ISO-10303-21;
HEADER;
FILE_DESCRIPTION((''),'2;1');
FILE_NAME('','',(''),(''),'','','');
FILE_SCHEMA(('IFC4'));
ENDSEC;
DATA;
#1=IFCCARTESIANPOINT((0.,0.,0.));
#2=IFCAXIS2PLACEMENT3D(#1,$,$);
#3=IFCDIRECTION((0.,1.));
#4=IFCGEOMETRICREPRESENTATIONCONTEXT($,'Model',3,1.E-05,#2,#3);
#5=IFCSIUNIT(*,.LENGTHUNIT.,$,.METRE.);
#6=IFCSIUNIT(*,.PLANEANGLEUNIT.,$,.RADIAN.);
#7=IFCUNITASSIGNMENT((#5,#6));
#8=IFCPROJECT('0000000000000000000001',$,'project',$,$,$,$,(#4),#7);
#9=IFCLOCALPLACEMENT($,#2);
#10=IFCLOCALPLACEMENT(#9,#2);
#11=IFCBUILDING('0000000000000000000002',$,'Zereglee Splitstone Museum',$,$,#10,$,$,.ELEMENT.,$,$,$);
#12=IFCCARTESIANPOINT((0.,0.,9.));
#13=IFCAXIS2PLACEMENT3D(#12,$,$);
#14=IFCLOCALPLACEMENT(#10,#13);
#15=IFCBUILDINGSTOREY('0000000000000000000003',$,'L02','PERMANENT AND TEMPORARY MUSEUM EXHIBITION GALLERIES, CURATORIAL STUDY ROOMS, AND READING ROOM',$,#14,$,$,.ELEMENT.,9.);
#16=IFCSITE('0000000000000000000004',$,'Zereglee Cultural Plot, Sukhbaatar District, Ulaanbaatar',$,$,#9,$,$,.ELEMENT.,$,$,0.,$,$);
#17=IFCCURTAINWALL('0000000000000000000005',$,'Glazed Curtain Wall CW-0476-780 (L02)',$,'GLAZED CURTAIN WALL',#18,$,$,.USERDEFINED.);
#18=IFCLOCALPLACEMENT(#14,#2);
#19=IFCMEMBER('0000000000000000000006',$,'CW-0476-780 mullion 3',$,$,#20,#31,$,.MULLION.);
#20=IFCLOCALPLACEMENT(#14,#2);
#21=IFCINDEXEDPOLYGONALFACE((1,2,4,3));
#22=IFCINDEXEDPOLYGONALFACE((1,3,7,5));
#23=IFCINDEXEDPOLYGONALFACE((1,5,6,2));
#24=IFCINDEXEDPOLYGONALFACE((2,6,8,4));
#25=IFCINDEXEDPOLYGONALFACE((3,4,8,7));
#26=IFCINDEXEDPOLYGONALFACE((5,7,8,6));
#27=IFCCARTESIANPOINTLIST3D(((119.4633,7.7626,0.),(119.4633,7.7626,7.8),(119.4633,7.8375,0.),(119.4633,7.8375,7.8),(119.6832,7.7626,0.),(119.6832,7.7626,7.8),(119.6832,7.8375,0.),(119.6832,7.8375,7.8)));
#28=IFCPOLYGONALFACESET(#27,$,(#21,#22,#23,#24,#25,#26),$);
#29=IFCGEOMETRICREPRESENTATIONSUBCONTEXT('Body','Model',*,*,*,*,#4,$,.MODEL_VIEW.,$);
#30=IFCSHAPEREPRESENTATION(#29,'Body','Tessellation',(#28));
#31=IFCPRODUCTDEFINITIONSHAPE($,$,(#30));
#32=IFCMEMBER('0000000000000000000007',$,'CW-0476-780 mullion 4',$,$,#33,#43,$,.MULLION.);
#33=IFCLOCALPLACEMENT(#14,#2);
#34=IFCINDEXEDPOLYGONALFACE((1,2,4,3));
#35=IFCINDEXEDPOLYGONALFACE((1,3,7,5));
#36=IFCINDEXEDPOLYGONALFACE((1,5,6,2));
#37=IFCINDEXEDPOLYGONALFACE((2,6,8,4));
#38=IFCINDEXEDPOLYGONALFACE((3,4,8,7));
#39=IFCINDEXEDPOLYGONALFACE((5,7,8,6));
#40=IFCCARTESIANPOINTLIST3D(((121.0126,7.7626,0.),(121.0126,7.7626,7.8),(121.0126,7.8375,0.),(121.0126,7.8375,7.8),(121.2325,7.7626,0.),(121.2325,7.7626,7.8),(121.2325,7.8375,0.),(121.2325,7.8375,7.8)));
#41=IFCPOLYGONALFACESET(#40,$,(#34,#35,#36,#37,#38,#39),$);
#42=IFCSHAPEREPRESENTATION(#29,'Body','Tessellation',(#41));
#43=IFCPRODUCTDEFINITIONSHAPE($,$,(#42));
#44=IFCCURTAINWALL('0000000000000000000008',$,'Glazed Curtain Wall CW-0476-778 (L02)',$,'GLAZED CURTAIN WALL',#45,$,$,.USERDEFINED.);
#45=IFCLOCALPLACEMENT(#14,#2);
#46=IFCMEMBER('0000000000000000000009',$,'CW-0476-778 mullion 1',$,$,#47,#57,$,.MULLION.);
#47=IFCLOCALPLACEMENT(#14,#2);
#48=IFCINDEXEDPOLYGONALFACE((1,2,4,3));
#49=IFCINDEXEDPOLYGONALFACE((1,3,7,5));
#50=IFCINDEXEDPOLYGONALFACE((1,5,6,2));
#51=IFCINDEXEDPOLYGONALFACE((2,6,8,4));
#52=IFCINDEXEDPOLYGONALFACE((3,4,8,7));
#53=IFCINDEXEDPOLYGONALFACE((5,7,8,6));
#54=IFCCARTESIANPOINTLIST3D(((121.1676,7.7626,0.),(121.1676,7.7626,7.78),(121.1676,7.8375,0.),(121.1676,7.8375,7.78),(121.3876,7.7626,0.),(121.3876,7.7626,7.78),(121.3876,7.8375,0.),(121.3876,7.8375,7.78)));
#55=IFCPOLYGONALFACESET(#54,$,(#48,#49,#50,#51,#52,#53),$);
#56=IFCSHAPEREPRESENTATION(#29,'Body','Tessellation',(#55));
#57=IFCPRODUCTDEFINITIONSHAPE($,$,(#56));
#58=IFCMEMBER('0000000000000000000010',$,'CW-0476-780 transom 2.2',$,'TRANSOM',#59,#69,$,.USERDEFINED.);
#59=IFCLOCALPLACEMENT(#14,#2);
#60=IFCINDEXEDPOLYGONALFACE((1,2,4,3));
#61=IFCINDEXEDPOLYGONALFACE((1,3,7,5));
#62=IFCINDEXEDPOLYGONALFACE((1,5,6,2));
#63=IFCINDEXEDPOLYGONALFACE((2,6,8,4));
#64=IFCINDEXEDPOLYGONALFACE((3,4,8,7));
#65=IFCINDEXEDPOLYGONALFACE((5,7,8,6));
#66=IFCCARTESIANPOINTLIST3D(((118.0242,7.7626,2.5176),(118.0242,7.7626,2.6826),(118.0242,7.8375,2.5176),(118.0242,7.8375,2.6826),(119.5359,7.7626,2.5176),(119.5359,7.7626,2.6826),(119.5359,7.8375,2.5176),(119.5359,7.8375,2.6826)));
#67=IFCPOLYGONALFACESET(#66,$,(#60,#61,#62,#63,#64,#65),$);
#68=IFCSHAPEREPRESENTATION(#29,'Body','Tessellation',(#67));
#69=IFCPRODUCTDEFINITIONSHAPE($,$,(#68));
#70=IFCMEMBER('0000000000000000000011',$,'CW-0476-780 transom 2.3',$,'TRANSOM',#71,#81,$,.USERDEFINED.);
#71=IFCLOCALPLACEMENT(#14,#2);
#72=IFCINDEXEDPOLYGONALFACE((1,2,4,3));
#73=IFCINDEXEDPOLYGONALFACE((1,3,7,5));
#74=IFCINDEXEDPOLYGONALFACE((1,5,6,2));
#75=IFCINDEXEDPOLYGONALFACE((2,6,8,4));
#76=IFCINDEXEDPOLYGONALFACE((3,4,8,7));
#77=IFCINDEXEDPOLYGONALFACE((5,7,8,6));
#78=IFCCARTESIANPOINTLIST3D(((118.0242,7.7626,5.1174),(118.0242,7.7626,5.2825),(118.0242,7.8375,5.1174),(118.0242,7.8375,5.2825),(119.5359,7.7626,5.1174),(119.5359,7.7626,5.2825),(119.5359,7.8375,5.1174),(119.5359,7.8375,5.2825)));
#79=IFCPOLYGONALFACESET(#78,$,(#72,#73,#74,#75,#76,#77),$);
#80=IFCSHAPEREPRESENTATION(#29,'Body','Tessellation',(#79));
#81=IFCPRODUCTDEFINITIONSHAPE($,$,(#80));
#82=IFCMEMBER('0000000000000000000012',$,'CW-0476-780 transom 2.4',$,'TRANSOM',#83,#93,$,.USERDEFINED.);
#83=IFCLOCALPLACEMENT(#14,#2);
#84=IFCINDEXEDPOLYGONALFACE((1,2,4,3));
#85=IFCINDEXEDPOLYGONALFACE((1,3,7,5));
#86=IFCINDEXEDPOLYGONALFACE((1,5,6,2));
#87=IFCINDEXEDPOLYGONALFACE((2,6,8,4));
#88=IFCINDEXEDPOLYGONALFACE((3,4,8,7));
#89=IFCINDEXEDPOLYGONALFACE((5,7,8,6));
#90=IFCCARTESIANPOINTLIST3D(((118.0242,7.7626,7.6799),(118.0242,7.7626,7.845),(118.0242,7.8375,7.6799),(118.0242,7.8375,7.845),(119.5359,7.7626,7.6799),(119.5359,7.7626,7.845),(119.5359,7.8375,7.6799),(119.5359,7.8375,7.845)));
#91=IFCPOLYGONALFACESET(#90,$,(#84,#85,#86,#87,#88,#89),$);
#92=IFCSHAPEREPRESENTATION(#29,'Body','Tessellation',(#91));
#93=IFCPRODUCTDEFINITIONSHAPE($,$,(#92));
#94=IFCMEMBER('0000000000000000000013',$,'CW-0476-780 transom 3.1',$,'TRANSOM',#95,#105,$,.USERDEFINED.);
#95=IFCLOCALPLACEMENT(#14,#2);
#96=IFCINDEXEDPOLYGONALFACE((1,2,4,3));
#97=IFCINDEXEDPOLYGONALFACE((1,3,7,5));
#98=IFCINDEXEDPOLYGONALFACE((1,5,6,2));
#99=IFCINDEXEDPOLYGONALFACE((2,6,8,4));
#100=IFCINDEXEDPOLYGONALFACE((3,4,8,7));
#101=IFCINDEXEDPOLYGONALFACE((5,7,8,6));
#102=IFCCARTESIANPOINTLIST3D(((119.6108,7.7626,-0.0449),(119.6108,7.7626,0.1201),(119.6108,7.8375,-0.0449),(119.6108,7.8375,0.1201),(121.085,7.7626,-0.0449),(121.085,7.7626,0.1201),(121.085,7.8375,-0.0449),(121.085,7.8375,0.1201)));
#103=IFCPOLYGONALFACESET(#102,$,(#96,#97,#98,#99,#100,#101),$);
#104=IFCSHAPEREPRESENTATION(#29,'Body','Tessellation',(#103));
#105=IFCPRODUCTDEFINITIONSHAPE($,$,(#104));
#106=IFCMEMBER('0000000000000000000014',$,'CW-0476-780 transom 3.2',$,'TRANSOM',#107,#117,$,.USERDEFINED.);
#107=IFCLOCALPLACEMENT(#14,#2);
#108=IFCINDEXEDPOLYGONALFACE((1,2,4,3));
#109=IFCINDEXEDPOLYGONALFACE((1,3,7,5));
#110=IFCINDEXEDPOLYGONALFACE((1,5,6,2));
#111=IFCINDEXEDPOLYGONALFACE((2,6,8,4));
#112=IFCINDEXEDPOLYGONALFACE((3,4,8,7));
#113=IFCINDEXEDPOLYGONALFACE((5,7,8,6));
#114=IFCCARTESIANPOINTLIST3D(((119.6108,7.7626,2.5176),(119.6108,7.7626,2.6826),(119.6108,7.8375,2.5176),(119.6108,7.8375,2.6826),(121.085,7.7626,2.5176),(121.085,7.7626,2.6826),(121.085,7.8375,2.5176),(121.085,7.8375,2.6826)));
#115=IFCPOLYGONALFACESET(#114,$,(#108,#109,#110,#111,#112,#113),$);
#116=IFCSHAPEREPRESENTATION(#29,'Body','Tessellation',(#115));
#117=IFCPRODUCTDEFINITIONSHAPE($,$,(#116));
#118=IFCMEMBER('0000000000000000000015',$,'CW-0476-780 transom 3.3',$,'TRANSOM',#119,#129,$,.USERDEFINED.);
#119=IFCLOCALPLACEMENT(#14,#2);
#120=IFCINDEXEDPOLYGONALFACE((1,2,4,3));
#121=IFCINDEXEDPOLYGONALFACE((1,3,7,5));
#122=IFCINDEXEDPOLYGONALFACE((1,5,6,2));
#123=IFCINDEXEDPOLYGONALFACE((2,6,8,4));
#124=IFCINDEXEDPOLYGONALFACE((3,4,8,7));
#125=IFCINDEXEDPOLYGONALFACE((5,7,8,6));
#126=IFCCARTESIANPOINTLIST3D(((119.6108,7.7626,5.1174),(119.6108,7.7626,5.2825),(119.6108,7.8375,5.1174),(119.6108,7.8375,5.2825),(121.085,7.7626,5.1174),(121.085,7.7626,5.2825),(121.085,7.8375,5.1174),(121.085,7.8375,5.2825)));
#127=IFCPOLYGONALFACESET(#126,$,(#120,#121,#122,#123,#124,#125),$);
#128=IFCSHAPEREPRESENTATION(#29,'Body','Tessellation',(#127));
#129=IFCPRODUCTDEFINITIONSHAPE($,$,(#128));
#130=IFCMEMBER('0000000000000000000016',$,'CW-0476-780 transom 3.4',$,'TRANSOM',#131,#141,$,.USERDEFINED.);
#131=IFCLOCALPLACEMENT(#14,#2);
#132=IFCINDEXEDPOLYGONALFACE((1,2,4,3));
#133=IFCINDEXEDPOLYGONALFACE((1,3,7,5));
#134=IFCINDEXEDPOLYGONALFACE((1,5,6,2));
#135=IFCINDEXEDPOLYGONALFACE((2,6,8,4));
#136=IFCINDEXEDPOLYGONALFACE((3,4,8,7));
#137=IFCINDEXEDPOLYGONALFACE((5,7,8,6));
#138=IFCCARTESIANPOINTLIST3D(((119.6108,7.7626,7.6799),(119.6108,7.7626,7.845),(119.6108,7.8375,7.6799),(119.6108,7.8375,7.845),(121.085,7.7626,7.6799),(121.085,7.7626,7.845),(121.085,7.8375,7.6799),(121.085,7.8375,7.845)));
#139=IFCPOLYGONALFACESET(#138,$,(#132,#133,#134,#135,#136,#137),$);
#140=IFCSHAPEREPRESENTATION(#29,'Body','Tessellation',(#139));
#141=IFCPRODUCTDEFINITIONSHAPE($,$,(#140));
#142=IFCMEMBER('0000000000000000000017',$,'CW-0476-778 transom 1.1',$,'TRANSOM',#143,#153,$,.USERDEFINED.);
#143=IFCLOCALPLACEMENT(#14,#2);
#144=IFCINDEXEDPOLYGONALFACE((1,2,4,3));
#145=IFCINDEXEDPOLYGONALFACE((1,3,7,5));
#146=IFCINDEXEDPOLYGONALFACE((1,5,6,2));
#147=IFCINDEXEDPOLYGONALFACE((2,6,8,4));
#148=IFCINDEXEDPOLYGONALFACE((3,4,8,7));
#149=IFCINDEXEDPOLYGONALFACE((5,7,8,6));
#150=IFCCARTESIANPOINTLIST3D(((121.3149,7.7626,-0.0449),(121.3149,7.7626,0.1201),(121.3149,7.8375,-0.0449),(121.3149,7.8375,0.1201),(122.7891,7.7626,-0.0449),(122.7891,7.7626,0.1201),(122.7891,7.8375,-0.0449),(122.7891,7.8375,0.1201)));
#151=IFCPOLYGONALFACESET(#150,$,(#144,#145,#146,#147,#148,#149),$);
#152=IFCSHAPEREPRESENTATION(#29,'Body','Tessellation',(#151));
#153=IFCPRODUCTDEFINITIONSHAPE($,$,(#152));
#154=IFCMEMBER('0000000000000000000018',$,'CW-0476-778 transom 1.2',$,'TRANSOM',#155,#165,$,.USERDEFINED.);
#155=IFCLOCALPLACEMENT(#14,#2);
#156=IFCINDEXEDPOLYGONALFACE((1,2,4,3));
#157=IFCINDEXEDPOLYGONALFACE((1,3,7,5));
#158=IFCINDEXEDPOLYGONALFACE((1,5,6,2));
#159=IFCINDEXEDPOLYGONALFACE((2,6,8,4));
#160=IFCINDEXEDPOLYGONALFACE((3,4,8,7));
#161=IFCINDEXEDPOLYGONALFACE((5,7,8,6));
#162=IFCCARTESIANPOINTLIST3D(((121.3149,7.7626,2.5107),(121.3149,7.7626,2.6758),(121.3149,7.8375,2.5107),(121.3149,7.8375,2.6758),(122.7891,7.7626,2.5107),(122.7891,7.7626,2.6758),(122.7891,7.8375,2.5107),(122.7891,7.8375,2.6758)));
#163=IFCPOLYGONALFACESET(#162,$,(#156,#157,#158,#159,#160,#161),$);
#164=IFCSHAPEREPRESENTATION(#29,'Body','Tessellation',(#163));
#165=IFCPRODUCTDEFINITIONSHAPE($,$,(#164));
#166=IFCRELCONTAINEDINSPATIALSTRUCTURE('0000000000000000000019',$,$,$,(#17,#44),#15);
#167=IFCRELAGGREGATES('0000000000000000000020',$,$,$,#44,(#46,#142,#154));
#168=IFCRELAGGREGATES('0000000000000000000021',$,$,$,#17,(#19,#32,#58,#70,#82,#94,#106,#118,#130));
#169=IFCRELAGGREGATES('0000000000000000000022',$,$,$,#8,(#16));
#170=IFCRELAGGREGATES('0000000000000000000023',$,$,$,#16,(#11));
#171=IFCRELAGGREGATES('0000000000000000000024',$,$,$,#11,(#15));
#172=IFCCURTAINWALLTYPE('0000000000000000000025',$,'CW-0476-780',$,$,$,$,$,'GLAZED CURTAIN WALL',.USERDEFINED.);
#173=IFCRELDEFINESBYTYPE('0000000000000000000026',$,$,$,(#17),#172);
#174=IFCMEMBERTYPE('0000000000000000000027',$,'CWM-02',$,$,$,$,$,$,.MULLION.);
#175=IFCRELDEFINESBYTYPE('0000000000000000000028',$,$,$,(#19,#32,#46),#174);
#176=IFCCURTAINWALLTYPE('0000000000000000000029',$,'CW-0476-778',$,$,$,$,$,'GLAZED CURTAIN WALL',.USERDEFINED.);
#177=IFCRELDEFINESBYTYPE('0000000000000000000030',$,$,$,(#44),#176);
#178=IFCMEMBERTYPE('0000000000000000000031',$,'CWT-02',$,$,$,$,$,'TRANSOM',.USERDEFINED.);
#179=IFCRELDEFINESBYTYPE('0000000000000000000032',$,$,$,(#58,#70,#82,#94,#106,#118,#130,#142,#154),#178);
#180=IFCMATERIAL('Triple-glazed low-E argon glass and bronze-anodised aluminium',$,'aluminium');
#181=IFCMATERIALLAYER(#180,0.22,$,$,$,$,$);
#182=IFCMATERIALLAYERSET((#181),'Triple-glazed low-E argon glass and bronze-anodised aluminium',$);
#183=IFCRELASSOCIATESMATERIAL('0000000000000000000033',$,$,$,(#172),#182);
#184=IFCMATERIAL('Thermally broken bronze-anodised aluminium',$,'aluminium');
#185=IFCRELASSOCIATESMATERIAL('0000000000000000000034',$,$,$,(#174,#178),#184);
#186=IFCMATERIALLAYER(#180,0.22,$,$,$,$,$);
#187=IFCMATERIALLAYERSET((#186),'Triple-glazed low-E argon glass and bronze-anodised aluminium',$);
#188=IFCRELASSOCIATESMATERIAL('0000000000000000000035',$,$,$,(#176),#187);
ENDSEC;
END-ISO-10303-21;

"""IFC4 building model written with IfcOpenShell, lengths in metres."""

from ifc_helpers import new_model, si_unit, direction, frame, origin, origin_2d, place, context, subcontext, project, spatial, rectangle, extrude, material, layer, layer_set, material_profile, profile_set, type_object, element, aggregate, save


model = new_model("IFC4")

# Units and contexts
model_context = context("Model", 3, precision=1e-05, world=origin(), true_north=direction((0.0, 1.0)))
body_context = subcontext(model_context, "Body", "Model", "MODEL_VIEW")
ifc_project = project(units=[si_unit("LENGTHUNIT", "METRE"), si_unit("PLANEANGLEUNIT", "RADIAN")], contexts=[model_context])

# Site, building, storey
site_placement = place(None, origin())
site = spatial("IfcSite", under=ifc_project, at=site_placement, Name="Zereglee Cultural Plot, Sukhbaatar District, Ulaanbaatar", CompositionType="ELEMENT", RefElevation=0.0)
building_placement = place(site_placement, origin())
building = spatial("IfcBuilding", under=site, at=building_placement, Name="Zereglee Splitstone Museum", CompositionType="ELEMENT")
storey_placement = place(building_placement, frame((0.0, 0.0, 9.0)))
storey = spatial("IfcBuildingStorey", under=building, at=storey_placement, Name="L02", Description="PERMANENT AND TEMPORARY MUSEUM EXHIBITION GALLERIES, CURATORIAL STUDY ROOMS, AND READING ROOM", CompositionType="ELEMENT", Elevation=9.0)

# Curtain wall, members
ifc_material_1 = material(Name="Triple-glazed low-E argon glass and bronze-anodised aluminium", Category="aluminium")
ifc_layer_1 = layer(ifc_material_1, 0.22)
ifc_layer_set_1 = layer_set([ifc_layer_1], Name="Triple-glazed low-E argon glass and bronze-anodised aluminium")
curtain_wall_type_1 = type_object("IfcCurtainWallType", Name="CW-0476-780", ElementType="GLAZED CURTAIN WALL", PredefinedType="USERDEFINED", material=ifc_layer_set_1)
curtain_wall_1_placement = place(storey_placement, origin())
curtain_wall_1 = element("IfcCurtainWall", 1, at=curtain_wall_1_placement, inside=storey, type_object=curtain_wall_type_1, Name="Glazed Curtain Wall CW-0476-780 (L02)", ObjectType="GLAZED CURTAIN WALL", PredefinedType="USERDEFINED")
ifc_material_2 = material(Name="Thermally broken bronze-anodised aluminium", Category="aluminium")
ifc_material_profile_1 = material_profile(ifc_material_2, rectangle(XDim=0.075, YDim=0.22, at=origin_2d()), Name="CW MULL 75x220")
ifc_profile_set_1 = profile_set([ifc_material_profile_1], Name="Thermally broken bronze-anodised aluminium")
member_type_1 = type_object("IfcMemberType", Name="CWM-02", PredefinedType="MULLION", material=ifc_profile_set_1)
member_1_placement = place(storey_placement, frame((119.5732, 7.8, 0.0), z_axis=(0.0, 0.0, 1.0), x_axis=(0.0, 1.0, 0.0)))
member_1 = element("IfcMember", 2, at=member_1_placement, type_object=member_type_1, Name="CW-0476-780 mullion 3", PredefinedType="MULLION", context=body_context, shape_type="SweptSolid", body=[
    extrude(rectangle(XDim=0.075, YDim=0.22, at=origin_2d()), origin(), (0.0, 0.0, 1.0), 7.8),
])
member_2_placement = place(storey_placement, frame((121.1226, 7.8, 0.0), z_axis=(0.0, 0.0, 1.0), x_axis=(0.0, 1.0, 0.0)))
member_2 = element("IfcMember", 3, at=member_2_placement, type_object=member_type_1, Name="CW-0476-780 mullion 4", PredefinedType="MULLION", context=body_context, shape_type="SweptSolid", body=[
    extrude(rectangle(XDim=0.075, YDim=0.22, at=origin_2d()), origin(), (0.0, 0.0, 1.0), 7.8),
])

# Curtain wall, member
ifc_layer_2 = layer(ifc_material_1, 0.22)
ifc_layer_set_2 = layer_set([ifc_layer_2], Name="Triple-glazed low-E argon glass and bronze-anodised aluminium")
curtain_wall_type_2 = type_object("IfcCurtainWallType", Name="CW-0476-778", ElementType="GLAZED CURTAIN WALL", PredefinedType="USERDEFINED", material=ifc_layer_set_2)
curtain_wall_2_placement = place(storey_placement, origin())
curtain_wall_2 = element("IfcCurtainWall", 4, at=curtain_wall_2_placement, inside=storey, type_object=curtain_wall_type_2, Name="Glazed Curtain Wall CW-0476-778 (L02)", ObjectType="GLAZED CURTAIN WALL", PredefinedType="USERDEFINED")
member_3_placement = place(storey_placement, frame((121.2776, 7.8, 0.0), z_axis=(0.0, 0.0, 1.0), x_axis=(0.0, 1.0, 0.0)))
member_3 = element("IfcMember", 5, at=member_3_placement, type_object=member_type_1, Name="CW-0476-778 mullion 1", PredefinedType="MULLION", context=body_context, shape_type="SweptSolid", body=[
    extrude(rectangle(XDim=0.075, YDim=0.22, at=origin_2d()), origin(), (0.0, 0.0, 1.0), 7.78),
])

# Members
ifc_material_profile_2 = material_profile(ifc_material_2, rectangle(XDim=0.075, YDim=0.165, at=origin_2d()), Name="CW TRAN 75x165")
ifc_profile_set_2 = profile_set([ifc_material_profile_2], Name="Thermally broken bronze-anodised aluminium")
member_type_2 = type_object("IfcMemberType", Name="CWT-02", ElementType="TRANSOM", PredefinedType="USERDEFINED", material=ifc_profile_set_2)
member_4_placement = place(storey_placement, frame((118.0242, 7.8, 2.6001), z_axis=(1.0, 0.0, 0.0), x_axis=(0.0, 1.0, 0.0)))
member_4 = element("IfcMember", 6, at=member_4_placement, type_object=member_type_2, Name="CW-0476-780 transom 2.2", ObjectType="TRANSOM", PredefinedType="USERDEFINED", context=body_context, shape_type="SweptSolid", body=[
    extrude(rectangle(XDim=0.075, YDim=0.165, at=origin_2d()), origin(), (0.0, 0.0, 1.0), 1.5117),
])
member_5_placement = place(storey_placement, frame((118.0242, 7.8, 5.2), z_axis=(1.0, 0.0, 0.0), x_axis=(0.0, 1.0, 0.0)))
member_5 = element("IfcMember", 7, at=member_5_placement, type_object=member_type_2, Name="CW-0476-780 transom 2.3", ObjectType="TRANSOM", PredefinedType="USERDEFINED", context=body_context, shape_type="SweptSolid", body=[
    extrude(rectangle(XDim=0.075, YDim=0.165, at=origin_2d()), origin(), (0.0, 0.0, 1.0), 1.5117),
])
member_6_placement = place(storey_placement, frame((118.0242, 7.8, 7.7625), z_axis=(1.0, 0.0, 0.0), x_axis=(0.0, 1.0, 0.0)))
member_6 = element("IfcMember", 8, at=member_6_placement, type_object=member_type_2, Name="CW-0476-780 transom 2.4", ObjectType="TRANSOM", PredefinedType="USERDEFINED", context=body_context, shape_type="SweptSolid", body=[
    extrude(rectangle(XDim=0.075, YDim=0.165, at=origin_2d()), origin(), (0.0, 0.0, 1.0), 1.5117),
])
member_7_placement = place(storey_placement, frame((119.6108, 7.8, 0.0376), z_axis=(1.0, 0.0, 0.0), x_axis=(0.0, 1.0, 0.0)))
member_7 = element("IfcMember", 9, at=member_7_placement, type_object=member_type_2, Name="CW-0476-780 transom 3.1", ObjectType="TRANSOM", PredefinedType="USERDEFINED", context=body_context, shape_type="SweptSolid", body=[
    extrude(rectangle(XDim=0.075, YDim=0.165, at=origin_2d()), origin(), (0.0, 0.0, 1.0), 1.4741),
])
member_8_placement = place(storey_placement, frame((119.6108, 7.8, 2.6001), z_axis=(1.0, 0.0, 0.0), x_axis=(0.0, 1.0, 0.0)))
member_8 = element("IfcMember", 10, at=member_8_placement, type_object=member_type_2, Name="CW-0476-780 transom 3.2", ObjectType="TRANSOM", PredefinedType="USERDEFINED", context=body_context, shape_type="SweptSolid", body=[
    extrude(rectangle(XDim=0.075, YDim=0.165, at=origin_2d()), origin(), (0.0, 0.0, 1.0), 1.4741),
])
member_9_placement = place(storey_placement, frame((119.6108, 7.8, 5.2), z_axis=(1.0, 0.0, 0.0), x_axis=(0.0, 1.0, 0.0)))
member_9 = element("IfcMember", 11, at=member_9_placement, type_object=member_type_2, Name="CW-0476-780 transom 3.3", ObjectType="TRANSOM", PredefinedType="USERDEFINED", context=body_context, shape_type="SweptSolid", body=[
    extrude(rectangle(XDim=0.075, YDim=0.165, at=origin_2d()), origin(), (0.0, 0.0, 1.0), 1.4741),
])
member_10_placement = place(storey_placement, frame((119.6108, 7.8, 7.7625), z_axis=(1.0, 0.0, 0.0), x_axis=(0.0, 1.0, 0.0)))
member_10 = element("IfcMember", 12, at=member_10_placement, type_object=member_type_2, Name="CW-0476-780 transom 3.4", ObjectType="TRANSOM", PredefinedType="USERDEFINED", context=body_context, shape_type="SweptSolid", body=[
    extrude(rectangle(XDim=0.075, YDim=0.165, at=origin_2d()), origin(), (0.0, 0.0, 1.0), 1.4741),
])
member_11_placement = place(storey_placement, frame((121.3149, 7.8, 0.0376), z_axis=(1.0, 0.0, 0.0), x_axis=(0.0, 1.0, 0.0)))
member_11 = element("IfcMember", 13, at=member_11_placement, type_object=member_type_2, Name="CW-0476-778 transom 1.1", ObjectType="TRANSOM", PredefinedType="USERDEFINED", context=body_context, shape_type="SweptSolid", body=[
    extrude(rectangle(XDim=0.075, YDim=0.165, at=origin_2d()), origin(), (0.0, 0.0, 1.0), 1.4741),
])
member_12_placement = place(storey_placement, frame((121.3149, 7.8, 2.5933), z_axis=(1.0, 0.0, 0.0), x_axis=(0.0, 1.0, 0.0)))
member_12 = element("IfcMember", 14, at=member_12_placement, type_object=member_type_2, Name="CW-0476-778 transom 1.2", ObjectType="TRANSOM", PredefinedType="USERDEFINED", context=body_context, shape_type="SweptSolid", body=[
    extrude(rectangle(XDim=0.075, YDim=0.165, at=origin_2d()), origin(), (0.0, 0.0, 1.0), 1.4741),
])
aggregate(curtain_wall_2, [member_3, member_11, member_12])

aggregate(curtain_wall_1, [member_1, member_2, member_4, member_5, member_6, member_7, member_8, member_9, member_10])

save(model, "model.ifc")
